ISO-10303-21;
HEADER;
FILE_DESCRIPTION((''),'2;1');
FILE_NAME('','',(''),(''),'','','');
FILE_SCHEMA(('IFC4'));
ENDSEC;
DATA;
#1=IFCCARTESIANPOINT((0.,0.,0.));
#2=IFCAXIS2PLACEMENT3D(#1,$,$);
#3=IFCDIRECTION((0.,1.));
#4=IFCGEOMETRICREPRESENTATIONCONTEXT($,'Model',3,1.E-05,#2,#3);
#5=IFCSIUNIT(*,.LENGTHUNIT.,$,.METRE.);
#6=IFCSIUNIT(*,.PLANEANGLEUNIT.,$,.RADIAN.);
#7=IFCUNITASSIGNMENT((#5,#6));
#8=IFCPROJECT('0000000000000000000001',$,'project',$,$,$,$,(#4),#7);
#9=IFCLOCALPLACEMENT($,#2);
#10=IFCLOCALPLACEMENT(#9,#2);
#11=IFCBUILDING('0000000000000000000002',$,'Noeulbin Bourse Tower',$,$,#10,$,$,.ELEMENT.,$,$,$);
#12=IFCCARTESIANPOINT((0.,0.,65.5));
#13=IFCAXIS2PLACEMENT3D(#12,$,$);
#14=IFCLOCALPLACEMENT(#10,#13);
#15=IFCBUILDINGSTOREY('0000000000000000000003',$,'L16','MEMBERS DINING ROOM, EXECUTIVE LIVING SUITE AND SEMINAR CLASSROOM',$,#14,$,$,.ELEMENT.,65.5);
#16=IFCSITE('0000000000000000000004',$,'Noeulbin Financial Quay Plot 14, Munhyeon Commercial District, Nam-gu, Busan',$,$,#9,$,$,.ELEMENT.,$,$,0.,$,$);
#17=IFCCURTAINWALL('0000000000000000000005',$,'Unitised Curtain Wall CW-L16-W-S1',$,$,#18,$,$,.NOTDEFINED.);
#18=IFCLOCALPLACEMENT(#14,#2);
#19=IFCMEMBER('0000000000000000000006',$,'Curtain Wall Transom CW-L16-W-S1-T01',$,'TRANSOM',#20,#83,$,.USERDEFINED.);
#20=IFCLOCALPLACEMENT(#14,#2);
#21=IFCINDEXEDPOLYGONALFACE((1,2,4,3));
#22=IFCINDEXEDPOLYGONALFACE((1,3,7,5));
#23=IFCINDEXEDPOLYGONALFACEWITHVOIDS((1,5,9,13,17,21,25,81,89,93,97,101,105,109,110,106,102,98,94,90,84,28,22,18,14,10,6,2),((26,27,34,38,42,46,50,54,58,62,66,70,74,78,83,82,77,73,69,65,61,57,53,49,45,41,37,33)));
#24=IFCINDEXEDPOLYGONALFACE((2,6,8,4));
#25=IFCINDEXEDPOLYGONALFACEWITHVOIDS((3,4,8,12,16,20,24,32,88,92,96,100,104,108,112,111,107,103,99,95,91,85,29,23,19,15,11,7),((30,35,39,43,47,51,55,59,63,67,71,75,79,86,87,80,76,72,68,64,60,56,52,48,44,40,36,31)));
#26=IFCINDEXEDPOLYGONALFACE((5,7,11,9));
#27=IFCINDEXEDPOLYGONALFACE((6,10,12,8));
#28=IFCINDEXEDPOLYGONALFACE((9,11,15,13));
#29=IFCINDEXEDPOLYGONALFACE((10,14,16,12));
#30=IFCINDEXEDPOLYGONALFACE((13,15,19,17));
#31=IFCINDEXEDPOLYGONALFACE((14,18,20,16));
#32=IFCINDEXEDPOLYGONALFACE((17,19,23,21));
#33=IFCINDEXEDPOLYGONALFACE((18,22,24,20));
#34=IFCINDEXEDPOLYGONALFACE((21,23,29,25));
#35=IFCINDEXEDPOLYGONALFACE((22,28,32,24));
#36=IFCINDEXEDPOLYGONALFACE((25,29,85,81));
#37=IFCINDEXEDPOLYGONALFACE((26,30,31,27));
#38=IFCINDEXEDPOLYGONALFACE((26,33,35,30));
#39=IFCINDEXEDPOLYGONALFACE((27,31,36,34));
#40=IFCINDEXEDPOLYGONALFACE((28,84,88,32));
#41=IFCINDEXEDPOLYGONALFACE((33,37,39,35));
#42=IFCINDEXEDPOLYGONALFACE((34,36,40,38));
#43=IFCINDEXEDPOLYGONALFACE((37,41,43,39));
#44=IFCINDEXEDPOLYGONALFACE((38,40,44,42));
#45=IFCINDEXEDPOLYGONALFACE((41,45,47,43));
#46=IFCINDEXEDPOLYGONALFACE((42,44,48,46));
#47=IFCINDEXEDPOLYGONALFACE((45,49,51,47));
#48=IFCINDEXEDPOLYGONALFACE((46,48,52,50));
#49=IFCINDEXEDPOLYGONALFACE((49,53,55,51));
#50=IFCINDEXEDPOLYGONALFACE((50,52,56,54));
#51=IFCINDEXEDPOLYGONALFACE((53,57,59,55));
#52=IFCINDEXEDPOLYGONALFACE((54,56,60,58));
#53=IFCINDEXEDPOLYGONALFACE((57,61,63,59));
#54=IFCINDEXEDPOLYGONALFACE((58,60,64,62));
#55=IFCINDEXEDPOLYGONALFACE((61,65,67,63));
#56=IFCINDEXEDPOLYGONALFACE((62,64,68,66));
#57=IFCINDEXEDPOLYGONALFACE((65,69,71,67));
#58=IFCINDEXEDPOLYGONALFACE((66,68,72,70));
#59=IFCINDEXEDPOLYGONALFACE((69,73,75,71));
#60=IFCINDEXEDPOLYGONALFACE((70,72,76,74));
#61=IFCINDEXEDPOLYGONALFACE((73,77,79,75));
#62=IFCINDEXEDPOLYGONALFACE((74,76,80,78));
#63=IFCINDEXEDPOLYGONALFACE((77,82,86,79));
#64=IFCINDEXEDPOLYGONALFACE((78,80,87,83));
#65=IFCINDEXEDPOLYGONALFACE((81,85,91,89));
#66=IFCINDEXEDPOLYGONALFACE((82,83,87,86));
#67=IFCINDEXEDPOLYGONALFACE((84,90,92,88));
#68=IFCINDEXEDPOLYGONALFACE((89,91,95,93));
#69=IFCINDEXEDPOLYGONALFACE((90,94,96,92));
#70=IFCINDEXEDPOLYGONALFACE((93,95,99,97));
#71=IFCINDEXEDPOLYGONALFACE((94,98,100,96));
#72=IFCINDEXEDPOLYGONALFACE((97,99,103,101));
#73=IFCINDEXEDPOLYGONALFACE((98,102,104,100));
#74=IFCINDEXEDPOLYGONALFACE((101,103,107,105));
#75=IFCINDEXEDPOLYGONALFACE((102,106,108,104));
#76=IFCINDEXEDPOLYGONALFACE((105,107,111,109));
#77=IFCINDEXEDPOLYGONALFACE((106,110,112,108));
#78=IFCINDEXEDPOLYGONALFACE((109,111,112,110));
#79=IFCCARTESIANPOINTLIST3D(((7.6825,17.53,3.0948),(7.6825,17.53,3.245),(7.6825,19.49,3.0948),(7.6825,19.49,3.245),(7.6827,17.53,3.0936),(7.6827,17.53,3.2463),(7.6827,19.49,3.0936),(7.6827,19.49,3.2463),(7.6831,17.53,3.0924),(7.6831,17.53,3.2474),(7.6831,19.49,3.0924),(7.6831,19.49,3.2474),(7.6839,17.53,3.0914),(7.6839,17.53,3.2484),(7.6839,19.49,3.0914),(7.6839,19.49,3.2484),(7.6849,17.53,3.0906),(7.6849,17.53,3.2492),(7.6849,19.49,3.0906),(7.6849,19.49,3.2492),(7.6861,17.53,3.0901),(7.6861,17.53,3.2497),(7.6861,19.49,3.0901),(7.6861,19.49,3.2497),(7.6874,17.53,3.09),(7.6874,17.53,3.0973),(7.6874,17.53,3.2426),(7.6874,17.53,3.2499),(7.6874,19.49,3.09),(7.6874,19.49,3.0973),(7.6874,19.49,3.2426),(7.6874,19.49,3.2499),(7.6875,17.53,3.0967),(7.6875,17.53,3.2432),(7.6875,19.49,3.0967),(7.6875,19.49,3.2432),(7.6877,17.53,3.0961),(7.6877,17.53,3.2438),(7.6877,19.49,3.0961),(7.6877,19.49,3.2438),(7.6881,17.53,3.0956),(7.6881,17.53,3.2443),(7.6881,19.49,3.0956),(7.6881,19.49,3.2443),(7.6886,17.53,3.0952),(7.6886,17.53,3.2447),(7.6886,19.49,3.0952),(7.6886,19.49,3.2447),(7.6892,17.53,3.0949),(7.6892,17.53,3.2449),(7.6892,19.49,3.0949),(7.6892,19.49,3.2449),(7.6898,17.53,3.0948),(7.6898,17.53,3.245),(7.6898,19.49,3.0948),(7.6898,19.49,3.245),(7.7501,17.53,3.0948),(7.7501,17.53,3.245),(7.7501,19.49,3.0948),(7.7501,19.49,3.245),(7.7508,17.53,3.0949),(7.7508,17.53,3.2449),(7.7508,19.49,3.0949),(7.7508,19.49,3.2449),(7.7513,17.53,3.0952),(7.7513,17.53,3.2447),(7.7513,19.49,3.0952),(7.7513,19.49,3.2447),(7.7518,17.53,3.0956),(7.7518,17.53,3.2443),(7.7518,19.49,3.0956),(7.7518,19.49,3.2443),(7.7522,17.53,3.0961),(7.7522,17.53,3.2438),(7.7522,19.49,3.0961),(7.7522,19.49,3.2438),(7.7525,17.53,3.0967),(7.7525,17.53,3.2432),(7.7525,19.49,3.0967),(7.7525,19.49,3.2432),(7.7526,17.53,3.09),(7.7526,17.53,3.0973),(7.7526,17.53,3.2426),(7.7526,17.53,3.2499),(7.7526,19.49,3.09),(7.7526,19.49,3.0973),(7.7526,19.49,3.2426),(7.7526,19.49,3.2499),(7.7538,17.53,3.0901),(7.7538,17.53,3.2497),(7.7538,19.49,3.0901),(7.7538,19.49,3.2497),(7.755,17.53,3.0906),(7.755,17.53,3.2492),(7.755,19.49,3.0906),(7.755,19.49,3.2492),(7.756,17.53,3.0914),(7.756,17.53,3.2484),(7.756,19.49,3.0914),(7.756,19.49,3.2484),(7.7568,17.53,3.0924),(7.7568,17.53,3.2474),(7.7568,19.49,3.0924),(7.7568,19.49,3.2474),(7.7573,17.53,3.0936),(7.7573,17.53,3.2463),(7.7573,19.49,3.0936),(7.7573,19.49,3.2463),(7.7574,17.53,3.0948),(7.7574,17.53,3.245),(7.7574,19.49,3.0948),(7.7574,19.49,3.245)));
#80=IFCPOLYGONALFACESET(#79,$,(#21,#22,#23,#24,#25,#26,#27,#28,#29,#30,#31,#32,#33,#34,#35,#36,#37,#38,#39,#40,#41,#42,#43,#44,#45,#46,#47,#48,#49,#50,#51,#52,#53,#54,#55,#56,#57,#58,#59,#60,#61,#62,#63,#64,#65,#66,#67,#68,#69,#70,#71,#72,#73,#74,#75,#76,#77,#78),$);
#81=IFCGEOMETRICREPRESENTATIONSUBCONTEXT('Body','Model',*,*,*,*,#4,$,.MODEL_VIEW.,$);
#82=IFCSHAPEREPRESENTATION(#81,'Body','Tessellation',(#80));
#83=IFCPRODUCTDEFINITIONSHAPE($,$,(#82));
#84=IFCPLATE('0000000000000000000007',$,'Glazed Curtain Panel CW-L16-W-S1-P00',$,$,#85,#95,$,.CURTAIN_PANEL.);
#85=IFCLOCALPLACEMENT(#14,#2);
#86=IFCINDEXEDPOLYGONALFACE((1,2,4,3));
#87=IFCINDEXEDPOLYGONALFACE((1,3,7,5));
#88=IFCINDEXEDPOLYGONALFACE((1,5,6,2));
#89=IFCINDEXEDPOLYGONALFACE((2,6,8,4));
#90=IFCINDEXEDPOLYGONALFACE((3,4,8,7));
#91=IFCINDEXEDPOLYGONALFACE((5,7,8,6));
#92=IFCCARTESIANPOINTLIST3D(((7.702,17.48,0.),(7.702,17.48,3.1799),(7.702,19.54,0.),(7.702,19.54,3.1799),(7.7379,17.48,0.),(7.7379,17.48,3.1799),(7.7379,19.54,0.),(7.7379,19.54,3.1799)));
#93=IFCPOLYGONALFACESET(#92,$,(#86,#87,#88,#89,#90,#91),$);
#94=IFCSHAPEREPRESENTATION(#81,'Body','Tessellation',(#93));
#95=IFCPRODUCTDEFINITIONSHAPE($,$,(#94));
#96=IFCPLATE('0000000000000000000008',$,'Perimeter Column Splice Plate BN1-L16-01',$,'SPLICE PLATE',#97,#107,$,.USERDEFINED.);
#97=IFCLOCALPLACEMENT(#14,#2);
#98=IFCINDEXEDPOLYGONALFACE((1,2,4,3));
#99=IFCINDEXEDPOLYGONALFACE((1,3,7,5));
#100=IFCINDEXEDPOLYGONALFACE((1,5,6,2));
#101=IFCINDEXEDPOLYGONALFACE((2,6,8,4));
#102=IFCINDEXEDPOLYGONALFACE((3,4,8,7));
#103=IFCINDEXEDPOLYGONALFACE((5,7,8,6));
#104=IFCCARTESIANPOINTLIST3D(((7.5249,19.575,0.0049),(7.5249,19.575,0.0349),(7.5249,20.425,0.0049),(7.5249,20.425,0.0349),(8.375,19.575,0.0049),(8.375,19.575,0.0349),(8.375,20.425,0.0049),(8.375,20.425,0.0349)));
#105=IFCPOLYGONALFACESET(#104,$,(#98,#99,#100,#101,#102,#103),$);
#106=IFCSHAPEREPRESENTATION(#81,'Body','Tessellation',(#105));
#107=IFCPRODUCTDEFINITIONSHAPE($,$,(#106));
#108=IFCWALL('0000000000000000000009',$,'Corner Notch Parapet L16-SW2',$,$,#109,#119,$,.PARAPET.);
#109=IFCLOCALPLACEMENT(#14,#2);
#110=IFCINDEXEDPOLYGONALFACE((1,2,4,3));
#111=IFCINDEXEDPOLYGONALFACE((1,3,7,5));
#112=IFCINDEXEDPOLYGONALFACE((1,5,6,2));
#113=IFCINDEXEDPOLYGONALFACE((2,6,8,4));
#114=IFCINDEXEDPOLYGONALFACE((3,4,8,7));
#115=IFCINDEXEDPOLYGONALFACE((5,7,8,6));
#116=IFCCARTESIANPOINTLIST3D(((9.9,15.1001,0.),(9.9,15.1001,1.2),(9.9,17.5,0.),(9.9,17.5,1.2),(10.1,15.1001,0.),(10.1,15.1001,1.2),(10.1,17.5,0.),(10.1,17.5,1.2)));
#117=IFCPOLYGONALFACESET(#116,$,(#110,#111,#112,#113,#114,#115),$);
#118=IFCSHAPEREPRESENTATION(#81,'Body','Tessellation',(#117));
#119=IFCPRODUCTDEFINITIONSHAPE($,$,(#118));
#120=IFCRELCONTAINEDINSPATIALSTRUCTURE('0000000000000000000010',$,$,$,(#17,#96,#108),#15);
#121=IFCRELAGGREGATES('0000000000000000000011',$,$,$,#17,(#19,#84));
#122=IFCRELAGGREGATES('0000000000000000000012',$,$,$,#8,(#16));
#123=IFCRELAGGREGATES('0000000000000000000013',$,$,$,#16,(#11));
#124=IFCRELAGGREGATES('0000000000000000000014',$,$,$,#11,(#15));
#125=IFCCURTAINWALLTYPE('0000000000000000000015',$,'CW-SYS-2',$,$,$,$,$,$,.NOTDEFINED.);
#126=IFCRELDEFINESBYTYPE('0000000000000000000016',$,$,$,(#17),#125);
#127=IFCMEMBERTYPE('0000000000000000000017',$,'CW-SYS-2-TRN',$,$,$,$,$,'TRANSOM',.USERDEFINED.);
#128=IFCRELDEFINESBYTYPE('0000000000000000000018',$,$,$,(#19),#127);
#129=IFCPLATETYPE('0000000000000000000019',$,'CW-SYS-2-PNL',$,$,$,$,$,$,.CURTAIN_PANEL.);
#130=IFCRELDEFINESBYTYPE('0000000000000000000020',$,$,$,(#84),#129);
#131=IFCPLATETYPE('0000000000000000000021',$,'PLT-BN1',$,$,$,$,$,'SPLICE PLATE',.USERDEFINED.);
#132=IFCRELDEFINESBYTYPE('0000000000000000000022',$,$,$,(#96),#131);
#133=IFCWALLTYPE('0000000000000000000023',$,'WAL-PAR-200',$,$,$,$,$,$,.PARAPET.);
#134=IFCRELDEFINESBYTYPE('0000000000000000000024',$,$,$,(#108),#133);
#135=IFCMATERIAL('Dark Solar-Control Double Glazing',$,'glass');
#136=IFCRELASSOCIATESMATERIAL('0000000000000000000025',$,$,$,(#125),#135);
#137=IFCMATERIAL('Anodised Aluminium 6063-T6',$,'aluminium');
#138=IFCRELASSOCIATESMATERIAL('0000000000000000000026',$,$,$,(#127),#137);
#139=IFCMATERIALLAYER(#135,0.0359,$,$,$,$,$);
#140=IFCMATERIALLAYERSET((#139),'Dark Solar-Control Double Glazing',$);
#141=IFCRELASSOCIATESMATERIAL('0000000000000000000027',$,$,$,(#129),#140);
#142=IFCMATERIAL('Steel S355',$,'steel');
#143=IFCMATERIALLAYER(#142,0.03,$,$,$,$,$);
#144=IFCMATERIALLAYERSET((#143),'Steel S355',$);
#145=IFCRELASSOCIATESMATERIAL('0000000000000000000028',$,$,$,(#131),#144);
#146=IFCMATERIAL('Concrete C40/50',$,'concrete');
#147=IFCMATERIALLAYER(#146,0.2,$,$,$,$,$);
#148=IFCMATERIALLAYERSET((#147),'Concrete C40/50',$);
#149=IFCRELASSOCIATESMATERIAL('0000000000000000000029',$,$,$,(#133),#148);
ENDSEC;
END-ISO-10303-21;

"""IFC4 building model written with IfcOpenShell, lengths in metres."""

from ifc_helpers import new_model, si_unit, direction, frame, frame_2d, origin, origin_2d, place, context, subcontext, project, spatial, rectangle, hollow_rectangle, extrude, material, layer, layer_set, material_profile, profile_set, type_object, element, aggregate, save


model = new_model("IFC4")

# Units and contexts
model_context = context("Model", 3, precision=1e-05, world=origin(), true_north=direction((0.0, 1.0)))
body_context = subcontext(model_context, "Body", "Model", "MODEL_VIEW")
ifc_project = project(units=[si_unit("LENGTHUNIT", "METRE"), si_unit("PLANEANGLEUNIT", "RADIAN")], contexts=[model_context])

# Site, building, storey
site_placement = place(None, origin())
site = spatial("IfcSite", under=ifc_project, at=site_placement, Name="Noeulbin Financial Quay Plot 14, Munhyeon Commercial District, Nam-gu, Busan", CompositionType="ELEMENT", RefElevation=0.0)
building_placement = place(site_placement, origin())
building = spatial("IfcBuilding", under=site, at=building_placement, Name="Noeulbin Bourse Tower", CompositionType="ELEMENT")
storey_placement = place(building_placement, frame((0.0, 0.0, 65.5)))
storey = spatial("IfcBuildingStorey", under=building, at=storey_placement, Name="L16", Description="MEMBERS DINING ROOM, EXECUTIVE LIVING SUITE AND SEMINAR CLASSROOM", CompositionType="ELEMENT", Elevation=65.5)

# Shared definitions
ifc_material_1 = material(Name="Steel S355", Category="steel")

# Curtain wall, member, plate
ifc_material_2 = material(Name="Dark Solar-Control Double Glazing", Category="glass")
curtain_wall_type = type_object("IfcCurtainWallType", Name="CW-SYS-2", PredefinedType="NOTDEFINED", material=ifc_material_2)
curtain_wall_placement = place(storey_placement, origin())
curtain_wall = element("IfcCurtainWall", 1, at=curtain_wall_placement, inside=storey, type_object=curtain_wall_type, Name="Unitised Curtain Wall CW-L16-W-S1", PredefinedType="NOTDEFINED")
ifc_material_3 = material(Name="Anodised Aluminium 6063-T6", Category="aluminium")
ifc_material_profile_1 = material_profile(ifc_material_3, hollow_rectangle(XDim=0.075, YDim=0.1599, WallThickness=0.0049, InnerFilletRadius=0.0024, OuterFilletRadius=0.0049, at=origin_2d()), Name="ALU-TRAN-75x160x5", Category="LoadBearing")
ifc_profile_set_1 = profile_set([ifc_material_profile_1], Name="Anodised Aluminium 6063-T6")
member_type_1 = type_object("IfcMemberType", Name="CW-SYS-2-TRN", ElementType="TRANSOM", PredefinedType="USERDEFINED", material=ifc_profile_set_1)
member_1_placement = place(storey_placement, frame((7.72, 17.53, 3.1699), z_axis=(0.0, 1.0, 0.0), x_axis=(-1.0, 0.0, 0.0)))
member_1 = element("IfcMember", 2, at=member_1_placement, type_object=member_type_1, Name="Curtain Wall Transom CW-L16-W-S1-T01", ObjectType="TRANSOM", PredefinedType="USERDEFINED", context=body_context, shape_type="SweptSolid", body=[
    extrude(hollow_rectangle(XDim=0.075, YDim=0.1599, WallThickness=0.0049, InnerFilletRadius=0.0024, OuterFilletRadius=0.0049, at=origin_2d()), origin(), (0.0, 0.0, 1.0), 1.96),
])
ifc_layer_1 = layer(ifc_material_2, 0.0359)
ifc_layer_set_1 = layer_set([ifc_layer_1], Name="Dark Solar-Control Double Glazing")
plate_type_1 = type_object("IfcPlateType", Name="CW-SYS-2-PNL", PredefinedType="CURTAIN_PANEL", material=ifc_layer_set_1)
plate_1_placement = place(storey_placement, frame((7.72, 18.51, 0.0), z_axis=(0.0, 0.0, 1.0), x_axis=(0.0, 1.0, 0.0)))
plate_1 = element("IfcPlate", 3, at=plate_1_placement, type_object=plate_type_1, Name="Glazed Curtain Panel CW-L16-W-S1-P00", PredefinedType="CURTAIN_PANEL", context=body_context, shape_type="SweptSolid", body=[
    extrude(rectangle(XDim=2.0601, YDim=0.0359, at=origin_2d()), origin(), (0.0, 0.0, 1.0), 3.1799),
])
aggregate(curtain_wall, [member_1, plate_1])

# Plate
ifc_layer_2 = layer(ifc_material_1, 0.03)
ifc_layer_set_2 = layer_set([ifc_layer_2], Name="Steel S355")
plate_type_2 = type_object("IfcPlateType", Name="PLT-BN1", ElementType="SPLICE PLATE", PredefinedType="USERDEFINED", material=ifc_layer_set_2)
plate_2_placement = place(storey_placement, frame((7.95, 20.0, 0.0049), z_axis=(0.0, 0.0, 1.0), x_axis=(1.0, 0.0, 0.0)))
element("IfcPlate", 4, at=plate_2_placement, inside=storey, type_object=plate_type_2, Name="Perimeter Column Splice Plate BN1-L16-01", ObjectType="SPLICE PLATE", PredefinedType="USERDEFINED", context=body_context, shape_type="SweptSolid", body=[
    extrude(rectangle(XDim=0.8501, YDim=0.8501, at=origin_2d()), origin(), (0.0, 0.0, 1.0), 0.03),
])

# Wall
ifc_material_4 = material(Name="Concrete C40/50", Category="concrete")
ifc_layer_3 = layer(ifc_material_4, 0.2)
ifc_layer_set_3 = layer_set([ifc_layer_3], Name="Concrete C40/50")
wall_type_1 = type_object("IfcWallType", Name="WAL-PAR-200", PredefinedType="PARAPET", material=ifc_layer_set_3)
wall_1_placement = place(storey_placement, frame((10.0, 17.5, 0.0), z_axis=(0.0, 0.0, 1.0), x_axis=(0.0, -1.0, 0.0)))
element("IfcWall", 5, at=wall_1_placement, inside=storey, type_object=wall_type_1, Name="Corner Notch Parapet L16-SW2", PredefinedType="PARAPET", context=body_context, shape_type="SweptSolid", body=[
    extrude(rectangle(XDim=2.3999, YDim=0.2, at=frame_2d((1.2, 0.0))), origin(), (0.0, 0.0, 1.0), 1.2),
])

save(model, "model.ifc")
